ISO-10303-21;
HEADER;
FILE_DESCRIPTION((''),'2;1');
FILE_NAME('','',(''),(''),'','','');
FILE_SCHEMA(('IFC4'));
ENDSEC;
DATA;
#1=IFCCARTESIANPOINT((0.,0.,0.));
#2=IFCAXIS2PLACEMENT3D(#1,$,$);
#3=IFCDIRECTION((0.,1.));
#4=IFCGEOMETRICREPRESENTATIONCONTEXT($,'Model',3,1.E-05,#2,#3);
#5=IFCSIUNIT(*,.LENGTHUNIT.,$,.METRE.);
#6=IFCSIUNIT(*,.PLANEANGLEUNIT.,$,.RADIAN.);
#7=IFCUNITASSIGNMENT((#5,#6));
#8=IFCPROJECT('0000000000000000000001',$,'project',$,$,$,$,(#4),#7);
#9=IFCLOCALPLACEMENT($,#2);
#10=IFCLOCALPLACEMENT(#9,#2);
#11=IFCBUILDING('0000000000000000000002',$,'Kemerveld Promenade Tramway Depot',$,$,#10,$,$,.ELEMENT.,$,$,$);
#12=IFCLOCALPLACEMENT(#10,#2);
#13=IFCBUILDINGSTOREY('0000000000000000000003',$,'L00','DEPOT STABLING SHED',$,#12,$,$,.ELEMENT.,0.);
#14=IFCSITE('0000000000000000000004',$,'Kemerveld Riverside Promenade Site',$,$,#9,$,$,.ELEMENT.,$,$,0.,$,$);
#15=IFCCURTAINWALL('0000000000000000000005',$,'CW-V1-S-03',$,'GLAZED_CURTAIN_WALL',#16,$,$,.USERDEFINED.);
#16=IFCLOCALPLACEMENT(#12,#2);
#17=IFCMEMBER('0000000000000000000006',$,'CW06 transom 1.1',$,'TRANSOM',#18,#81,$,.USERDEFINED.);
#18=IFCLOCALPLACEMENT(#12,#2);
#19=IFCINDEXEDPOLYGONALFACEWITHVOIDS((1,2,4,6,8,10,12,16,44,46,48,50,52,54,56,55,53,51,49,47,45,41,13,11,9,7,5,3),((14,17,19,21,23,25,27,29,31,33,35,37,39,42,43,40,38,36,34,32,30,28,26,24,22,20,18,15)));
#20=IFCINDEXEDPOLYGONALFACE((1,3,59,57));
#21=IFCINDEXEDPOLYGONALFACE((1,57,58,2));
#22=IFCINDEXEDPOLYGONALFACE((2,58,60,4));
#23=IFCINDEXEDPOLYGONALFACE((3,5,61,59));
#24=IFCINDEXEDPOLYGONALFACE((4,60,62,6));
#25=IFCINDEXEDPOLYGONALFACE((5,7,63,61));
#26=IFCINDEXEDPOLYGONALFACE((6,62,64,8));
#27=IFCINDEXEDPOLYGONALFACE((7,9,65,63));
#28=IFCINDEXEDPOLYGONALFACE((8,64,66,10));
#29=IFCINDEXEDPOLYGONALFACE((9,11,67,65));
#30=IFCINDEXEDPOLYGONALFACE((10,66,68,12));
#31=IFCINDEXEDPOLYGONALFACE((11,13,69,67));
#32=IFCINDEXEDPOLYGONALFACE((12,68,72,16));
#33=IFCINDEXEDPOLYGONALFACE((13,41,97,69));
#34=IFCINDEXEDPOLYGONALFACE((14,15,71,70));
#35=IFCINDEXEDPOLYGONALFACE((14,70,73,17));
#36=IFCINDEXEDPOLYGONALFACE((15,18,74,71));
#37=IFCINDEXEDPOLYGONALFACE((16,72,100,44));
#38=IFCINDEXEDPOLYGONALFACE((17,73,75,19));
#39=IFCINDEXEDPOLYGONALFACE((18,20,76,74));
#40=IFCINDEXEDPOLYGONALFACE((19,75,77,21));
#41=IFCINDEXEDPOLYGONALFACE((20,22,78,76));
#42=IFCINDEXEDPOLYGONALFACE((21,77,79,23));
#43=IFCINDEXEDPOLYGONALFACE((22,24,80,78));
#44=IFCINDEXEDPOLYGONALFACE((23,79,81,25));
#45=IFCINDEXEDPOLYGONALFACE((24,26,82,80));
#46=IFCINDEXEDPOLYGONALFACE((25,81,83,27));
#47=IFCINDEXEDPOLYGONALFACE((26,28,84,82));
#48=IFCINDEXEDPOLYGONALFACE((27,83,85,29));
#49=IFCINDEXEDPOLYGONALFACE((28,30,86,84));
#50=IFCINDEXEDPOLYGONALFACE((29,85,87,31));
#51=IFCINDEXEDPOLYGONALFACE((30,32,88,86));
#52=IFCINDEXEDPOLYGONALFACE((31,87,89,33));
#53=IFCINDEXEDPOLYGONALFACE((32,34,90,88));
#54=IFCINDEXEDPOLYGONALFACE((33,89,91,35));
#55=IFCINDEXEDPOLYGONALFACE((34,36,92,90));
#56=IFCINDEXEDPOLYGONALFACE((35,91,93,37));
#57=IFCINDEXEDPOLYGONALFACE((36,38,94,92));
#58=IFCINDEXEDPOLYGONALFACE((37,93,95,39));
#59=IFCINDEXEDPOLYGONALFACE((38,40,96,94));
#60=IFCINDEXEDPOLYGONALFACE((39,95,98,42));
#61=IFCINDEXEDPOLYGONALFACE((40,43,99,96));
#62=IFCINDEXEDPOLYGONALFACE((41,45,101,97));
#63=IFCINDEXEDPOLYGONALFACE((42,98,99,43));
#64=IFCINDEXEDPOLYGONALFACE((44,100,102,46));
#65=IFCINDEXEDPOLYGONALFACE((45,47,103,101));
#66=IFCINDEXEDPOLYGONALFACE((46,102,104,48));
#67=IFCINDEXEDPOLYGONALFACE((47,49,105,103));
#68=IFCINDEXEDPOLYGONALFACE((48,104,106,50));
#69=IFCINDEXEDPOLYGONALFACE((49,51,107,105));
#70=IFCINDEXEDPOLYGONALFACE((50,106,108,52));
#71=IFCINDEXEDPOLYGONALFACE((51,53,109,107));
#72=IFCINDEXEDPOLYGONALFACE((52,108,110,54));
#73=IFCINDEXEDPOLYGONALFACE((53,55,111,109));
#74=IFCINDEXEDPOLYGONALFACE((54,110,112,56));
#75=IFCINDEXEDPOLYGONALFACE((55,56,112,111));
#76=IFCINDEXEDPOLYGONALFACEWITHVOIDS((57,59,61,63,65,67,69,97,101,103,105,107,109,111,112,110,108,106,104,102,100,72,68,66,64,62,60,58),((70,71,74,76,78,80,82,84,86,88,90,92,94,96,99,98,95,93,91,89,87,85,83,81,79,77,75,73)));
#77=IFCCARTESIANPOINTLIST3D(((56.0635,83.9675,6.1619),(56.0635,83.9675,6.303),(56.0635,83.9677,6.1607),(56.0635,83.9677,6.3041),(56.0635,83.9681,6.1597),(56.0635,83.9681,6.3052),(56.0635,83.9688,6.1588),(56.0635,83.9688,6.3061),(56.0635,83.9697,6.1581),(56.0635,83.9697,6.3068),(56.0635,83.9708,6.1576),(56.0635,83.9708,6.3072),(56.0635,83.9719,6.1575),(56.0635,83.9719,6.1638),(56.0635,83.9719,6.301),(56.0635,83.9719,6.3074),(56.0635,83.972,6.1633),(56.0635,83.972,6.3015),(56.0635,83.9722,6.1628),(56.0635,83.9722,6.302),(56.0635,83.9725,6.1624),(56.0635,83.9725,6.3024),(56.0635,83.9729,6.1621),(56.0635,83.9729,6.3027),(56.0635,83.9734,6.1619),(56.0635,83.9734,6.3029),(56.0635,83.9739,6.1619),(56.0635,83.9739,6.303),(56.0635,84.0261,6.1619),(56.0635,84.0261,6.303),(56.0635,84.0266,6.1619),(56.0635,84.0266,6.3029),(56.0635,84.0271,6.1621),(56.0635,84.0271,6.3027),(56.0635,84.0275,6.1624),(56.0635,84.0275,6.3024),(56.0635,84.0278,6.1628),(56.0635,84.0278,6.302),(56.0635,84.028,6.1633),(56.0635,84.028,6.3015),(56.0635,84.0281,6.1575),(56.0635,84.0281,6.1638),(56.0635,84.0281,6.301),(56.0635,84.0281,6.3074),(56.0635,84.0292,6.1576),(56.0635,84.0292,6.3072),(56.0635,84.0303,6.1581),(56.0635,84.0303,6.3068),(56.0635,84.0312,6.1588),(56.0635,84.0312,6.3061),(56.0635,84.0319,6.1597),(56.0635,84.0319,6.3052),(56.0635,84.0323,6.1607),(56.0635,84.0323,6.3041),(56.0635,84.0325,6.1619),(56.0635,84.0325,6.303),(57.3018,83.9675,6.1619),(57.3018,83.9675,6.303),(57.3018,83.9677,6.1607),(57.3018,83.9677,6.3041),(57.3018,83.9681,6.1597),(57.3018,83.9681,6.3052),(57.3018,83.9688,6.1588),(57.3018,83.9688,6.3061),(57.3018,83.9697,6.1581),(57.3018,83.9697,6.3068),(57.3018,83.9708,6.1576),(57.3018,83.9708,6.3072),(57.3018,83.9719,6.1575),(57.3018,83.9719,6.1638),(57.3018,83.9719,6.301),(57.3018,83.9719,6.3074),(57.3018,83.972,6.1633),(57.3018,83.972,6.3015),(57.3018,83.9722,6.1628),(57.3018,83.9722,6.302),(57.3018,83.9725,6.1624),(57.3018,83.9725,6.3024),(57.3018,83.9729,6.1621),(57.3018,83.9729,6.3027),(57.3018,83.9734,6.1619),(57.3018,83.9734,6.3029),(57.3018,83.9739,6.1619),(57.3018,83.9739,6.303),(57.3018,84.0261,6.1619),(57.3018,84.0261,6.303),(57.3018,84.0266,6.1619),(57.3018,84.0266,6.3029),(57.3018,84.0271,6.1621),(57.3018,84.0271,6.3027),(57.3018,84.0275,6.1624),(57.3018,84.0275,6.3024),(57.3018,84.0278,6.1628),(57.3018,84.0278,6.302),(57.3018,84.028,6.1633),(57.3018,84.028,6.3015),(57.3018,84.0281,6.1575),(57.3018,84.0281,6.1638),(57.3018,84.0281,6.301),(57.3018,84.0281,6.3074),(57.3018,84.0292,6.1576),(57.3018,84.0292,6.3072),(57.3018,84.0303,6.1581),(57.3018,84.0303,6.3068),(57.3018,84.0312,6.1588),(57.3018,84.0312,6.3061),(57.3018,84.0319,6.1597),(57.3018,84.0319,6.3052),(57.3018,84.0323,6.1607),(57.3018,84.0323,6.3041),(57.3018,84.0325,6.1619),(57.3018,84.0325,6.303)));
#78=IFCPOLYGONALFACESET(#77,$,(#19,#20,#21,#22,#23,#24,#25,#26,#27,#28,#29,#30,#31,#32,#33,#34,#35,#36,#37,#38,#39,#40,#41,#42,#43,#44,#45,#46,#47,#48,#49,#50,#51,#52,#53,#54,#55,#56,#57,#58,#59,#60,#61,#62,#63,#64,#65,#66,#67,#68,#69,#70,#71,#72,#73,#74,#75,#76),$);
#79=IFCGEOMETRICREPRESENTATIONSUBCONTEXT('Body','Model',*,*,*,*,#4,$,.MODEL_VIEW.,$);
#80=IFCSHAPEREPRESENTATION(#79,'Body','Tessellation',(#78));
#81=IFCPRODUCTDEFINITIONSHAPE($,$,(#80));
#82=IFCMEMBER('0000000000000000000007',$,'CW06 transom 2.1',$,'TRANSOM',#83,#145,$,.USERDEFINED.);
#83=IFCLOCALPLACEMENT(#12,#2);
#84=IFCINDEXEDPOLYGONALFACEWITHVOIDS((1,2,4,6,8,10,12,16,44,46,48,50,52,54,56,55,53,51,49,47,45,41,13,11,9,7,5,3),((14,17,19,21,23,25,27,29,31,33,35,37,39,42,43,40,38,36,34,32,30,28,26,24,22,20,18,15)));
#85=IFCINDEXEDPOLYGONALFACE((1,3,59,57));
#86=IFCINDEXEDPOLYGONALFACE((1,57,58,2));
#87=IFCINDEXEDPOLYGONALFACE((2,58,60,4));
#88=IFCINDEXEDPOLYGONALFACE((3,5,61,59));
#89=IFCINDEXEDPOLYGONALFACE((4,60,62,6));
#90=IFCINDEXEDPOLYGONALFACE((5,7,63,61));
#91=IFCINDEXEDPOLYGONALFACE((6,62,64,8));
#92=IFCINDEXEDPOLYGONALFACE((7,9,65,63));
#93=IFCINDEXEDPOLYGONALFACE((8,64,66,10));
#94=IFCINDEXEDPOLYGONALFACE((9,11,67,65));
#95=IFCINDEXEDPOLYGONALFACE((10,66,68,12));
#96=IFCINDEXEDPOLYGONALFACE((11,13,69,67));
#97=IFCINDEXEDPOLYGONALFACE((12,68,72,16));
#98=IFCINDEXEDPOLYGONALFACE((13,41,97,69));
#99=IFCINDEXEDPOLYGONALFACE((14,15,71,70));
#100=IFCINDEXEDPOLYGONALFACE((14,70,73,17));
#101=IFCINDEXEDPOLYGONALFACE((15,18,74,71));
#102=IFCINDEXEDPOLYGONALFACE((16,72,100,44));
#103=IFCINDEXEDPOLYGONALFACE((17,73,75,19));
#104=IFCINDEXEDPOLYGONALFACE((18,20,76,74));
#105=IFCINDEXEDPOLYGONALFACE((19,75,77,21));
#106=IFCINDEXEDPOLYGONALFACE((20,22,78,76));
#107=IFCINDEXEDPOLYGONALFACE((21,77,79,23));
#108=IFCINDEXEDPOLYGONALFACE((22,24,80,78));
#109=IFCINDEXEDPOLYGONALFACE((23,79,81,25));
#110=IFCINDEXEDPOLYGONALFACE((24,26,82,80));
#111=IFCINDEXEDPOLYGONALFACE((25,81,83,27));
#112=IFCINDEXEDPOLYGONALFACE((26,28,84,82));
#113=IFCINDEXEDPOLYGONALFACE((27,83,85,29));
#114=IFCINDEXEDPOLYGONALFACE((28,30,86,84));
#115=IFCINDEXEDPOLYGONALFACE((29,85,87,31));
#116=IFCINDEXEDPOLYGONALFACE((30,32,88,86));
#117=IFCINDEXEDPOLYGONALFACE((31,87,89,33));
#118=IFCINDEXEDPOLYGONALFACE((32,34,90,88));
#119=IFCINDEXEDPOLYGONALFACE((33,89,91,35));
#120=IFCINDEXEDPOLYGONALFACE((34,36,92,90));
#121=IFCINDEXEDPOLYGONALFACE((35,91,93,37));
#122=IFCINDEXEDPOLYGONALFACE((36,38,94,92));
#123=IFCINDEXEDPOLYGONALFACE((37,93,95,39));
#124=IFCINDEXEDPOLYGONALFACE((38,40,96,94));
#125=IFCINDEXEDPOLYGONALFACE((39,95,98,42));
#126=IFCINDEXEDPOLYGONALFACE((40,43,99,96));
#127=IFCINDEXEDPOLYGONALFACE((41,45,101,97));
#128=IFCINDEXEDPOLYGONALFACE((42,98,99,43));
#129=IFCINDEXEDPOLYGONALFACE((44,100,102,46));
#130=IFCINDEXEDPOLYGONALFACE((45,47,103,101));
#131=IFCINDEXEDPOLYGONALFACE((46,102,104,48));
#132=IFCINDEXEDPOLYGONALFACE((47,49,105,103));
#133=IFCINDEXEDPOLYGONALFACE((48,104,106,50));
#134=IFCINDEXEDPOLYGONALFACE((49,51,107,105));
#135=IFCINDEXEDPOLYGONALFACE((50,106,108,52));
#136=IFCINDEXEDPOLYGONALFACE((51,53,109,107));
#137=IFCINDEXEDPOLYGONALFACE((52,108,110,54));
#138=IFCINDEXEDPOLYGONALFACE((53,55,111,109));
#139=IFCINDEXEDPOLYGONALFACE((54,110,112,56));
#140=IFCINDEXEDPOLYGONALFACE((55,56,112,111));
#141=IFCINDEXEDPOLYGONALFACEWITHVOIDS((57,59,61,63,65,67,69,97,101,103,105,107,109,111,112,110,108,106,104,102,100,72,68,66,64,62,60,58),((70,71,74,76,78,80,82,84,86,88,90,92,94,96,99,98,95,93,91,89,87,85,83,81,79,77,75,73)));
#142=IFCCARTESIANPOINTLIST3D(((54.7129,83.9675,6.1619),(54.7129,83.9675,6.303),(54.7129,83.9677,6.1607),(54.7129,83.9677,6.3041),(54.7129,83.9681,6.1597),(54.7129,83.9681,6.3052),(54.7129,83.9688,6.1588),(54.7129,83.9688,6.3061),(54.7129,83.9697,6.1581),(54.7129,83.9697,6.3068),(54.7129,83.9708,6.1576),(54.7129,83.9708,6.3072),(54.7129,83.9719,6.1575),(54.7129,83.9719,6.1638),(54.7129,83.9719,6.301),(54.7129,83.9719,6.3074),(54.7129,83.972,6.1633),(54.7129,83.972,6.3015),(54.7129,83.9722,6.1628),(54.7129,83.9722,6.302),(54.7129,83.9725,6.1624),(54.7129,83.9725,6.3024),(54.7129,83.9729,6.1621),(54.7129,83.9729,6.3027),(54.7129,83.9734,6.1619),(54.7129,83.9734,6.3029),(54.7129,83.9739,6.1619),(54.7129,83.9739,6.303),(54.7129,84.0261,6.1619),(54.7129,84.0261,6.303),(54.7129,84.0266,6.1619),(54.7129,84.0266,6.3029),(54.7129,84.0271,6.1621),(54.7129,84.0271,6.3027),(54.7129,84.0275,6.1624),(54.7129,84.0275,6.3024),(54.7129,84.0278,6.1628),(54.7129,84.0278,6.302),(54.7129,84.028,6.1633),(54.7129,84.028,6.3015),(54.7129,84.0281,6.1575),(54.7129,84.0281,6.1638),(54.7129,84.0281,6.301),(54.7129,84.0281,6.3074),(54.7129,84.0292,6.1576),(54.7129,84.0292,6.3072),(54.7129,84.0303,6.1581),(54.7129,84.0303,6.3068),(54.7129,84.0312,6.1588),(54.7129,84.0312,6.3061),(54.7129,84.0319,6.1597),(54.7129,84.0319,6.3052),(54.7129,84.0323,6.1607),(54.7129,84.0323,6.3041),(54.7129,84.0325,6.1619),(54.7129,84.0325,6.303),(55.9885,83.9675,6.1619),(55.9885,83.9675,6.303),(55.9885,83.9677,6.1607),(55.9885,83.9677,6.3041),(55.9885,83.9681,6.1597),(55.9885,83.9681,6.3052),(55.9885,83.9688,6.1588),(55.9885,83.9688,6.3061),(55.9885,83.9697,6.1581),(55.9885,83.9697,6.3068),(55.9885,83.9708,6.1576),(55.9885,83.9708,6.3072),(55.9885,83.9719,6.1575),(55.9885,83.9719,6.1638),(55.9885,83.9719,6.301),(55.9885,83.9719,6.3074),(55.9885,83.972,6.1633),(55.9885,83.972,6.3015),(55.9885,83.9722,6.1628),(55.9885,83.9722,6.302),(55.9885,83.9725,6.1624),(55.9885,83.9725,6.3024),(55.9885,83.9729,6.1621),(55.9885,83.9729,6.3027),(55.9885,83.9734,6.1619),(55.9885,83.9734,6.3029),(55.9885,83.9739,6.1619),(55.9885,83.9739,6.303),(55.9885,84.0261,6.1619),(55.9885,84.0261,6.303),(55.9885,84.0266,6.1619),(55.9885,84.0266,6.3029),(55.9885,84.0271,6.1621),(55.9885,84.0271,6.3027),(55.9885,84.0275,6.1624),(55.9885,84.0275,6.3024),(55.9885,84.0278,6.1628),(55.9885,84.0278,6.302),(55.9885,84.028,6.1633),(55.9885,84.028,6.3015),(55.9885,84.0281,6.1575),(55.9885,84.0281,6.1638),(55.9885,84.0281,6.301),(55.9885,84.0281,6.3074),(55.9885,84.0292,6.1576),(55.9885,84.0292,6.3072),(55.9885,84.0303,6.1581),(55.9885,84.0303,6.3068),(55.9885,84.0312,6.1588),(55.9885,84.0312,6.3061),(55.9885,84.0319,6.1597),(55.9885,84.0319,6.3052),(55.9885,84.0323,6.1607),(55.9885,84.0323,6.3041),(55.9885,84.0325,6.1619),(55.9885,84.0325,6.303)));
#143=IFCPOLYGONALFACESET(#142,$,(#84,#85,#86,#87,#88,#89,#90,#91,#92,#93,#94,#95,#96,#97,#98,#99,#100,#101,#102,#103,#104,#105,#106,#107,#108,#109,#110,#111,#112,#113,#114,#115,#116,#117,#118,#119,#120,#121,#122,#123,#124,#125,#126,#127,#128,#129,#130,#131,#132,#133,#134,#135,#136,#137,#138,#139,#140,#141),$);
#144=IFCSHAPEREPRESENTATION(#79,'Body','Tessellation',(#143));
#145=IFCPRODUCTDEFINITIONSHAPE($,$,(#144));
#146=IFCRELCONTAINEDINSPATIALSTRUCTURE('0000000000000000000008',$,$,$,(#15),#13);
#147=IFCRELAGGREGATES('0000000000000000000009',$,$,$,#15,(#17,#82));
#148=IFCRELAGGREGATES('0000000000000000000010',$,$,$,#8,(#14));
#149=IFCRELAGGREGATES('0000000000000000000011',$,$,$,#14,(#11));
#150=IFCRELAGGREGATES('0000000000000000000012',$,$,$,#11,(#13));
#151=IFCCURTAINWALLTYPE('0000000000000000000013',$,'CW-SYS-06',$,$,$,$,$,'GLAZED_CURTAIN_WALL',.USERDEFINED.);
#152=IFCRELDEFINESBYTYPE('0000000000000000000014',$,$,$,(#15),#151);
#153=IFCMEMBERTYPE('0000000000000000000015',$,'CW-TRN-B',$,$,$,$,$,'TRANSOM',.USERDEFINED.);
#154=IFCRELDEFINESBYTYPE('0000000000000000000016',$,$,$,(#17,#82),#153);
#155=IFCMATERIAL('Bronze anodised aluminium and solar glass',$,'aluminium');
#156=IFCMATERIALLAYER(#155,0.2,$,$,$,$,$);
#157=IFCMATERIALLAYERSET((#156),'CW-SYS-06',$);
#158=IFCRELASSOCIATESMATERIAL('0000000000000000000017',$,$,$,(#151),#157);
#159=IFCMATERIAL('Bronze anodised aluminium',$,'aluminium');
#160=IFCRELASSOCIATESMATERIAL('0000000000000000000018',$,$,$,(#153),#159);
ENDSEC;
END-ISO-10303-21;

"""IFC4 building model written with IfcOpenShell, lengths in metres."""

from ifc_helpers import new_model, si_unit, direction, frame, origin, origin_2d, place, context, subcontext, project, spatial, hollow_rectangle, extrude, material, layer, layer_set, material_profile, profile_set, type_object, element, aggregate, save


model = new_model("IFC4")

# Units and contexts
model_context = context("Model", 3, precision=1e-05, world=origin(), true_north=direction((0.0, 1.0)))
body_context = subcontext(model_context, "Body", "Model", "MODEL_VIEW")
ifc_project = project(units=[si_unit("LENGTHUNIT", "METRE"), si_unit("PLANEANGLEUNIT", "RADIAN")], contexts=[model_context])

# Site, building, storey
site_placement = place(None, origin())
site = spatial("IfcSite", under=ifc_project, at=site_placement, Name="Kemerveld Riverside Promenade Site", CompositionType="ELEMENT", RefElevation=0.0)
building_placement = place(site_placement, origin())
building = spatial("IfcBuilding", under=site, at=building_placement, Name="Kemerveld Promenade Tramway Depot", CompositionType="ELEMENT")
storey_placement = place(building_placement, origin())
storey = spatial("IfcBuildingStorey", under=building, at=storey_placement, Name="L00", Description="DEPOT STABLING SHED", CompositionType="ELEMENT", Elevation=0.0)

# Curtain wall
ifc_material_1 = material(Name="Bronze anodised aluminium and solar glass", Category="aluminium")
ifc_material_2 = material(Name="Bronze anodised aluminium", Category="aluminium")
ifc_layer_1 = layer(ifc_material_1, 0.2)
ifc_layer_set_1 = layer_set([ifc_layer_1], Name="CW-SYS-06")
curtain_wall_type_1 = type_object("IfcCurtainWallType", Name="CW-SYS-06", ElementType="GLAZED_CURTAIN_WALL", PredefinedType="USERDEFINED", material=ifc_layer_set_1)
curtain_wall_1_placement = place(storey_placement, origin())
curtain_wall_1 = element("IfcCurtainWall", 1, at=curtain_wall_1_placement, inside=storey, type_object=curtain_wall_type_1, Name="CW-V1-S-03", ObjectType="GLAZED_CURTAIN_WALL", PredefinedType="USERDEFINED")

# Members
ifc_material_profile_1 = material_profile(ifc_material_2, hollow_rectangle(XDim=0.0649, YDim=0.1499, WallThickness=0.0044, InnerFilletRadius=0.002, OuterFilletRadius=0.0044, at=origin_2d()), Name="CW-TRN-150x65")
ifc_profile_set_1 = profile_set([ifc_material_profile_1], Name="Bronze anodised aluminium")
member_type_1 = type_object("IfcMemberType", Name="CW-TRN-B", ElementType="TRANSOM", PredefinedType="USERDEFINED", material=ifc_profile_set_1)
member_1_placement = place(storey_placement, frame((57.3018, 84.0, 6.2324), z_axis=(-1.0, 0.0, 0.0), x_axis=(0.0, -1.0, 0.0)))
member_1 = element("IfcMember", 2, at=member_1_placement, type_object=member_type_1, Name="CW06 transom 1.1", ObjectType="TRANSOM", PredefinedType="USERDEFINED", context=body_context, shape_type="SweptSolid", body=[
    extrude(hollow_rectangle(XDim=0.0649, YDim=0.1499, WallThickness=0.0044, InnerFilletRadius=0.002, OuterFilletRadius=0.0044, at=origin_2d()), origin(), (0.0, 0.0, 1.0), 1.2383),
])
member_2_placement = place(storey_placement, frame((55.9885, 84.0, 6.2324), z_axis=(-1.0, 0.0, 0.0), x_axis=(0.0, -1.0, 0.0)))
member_2 = element("IfcMember", 3, at=member_2_placement, type_object=member_type_1, Name="CW06 transom 2.1", ObjectType="TRANSOM", PredefinedType="USERDEFINED", context=body_context, shape_type="SweptSolid", body=[
    extrude(hollow_rectangle(XDim=0.0649, YDim=0.1499, WallThickness=0.0044, InnerFilletRadius=0.002, OuterFilletRadius=0.0044, at=origin_2d()), origin(), (0.0, 0.0, 1.0), 1.2756),
])

aggregate(curtain_wall_1, [member_1, member_2])

save(model, "model.ifc")
